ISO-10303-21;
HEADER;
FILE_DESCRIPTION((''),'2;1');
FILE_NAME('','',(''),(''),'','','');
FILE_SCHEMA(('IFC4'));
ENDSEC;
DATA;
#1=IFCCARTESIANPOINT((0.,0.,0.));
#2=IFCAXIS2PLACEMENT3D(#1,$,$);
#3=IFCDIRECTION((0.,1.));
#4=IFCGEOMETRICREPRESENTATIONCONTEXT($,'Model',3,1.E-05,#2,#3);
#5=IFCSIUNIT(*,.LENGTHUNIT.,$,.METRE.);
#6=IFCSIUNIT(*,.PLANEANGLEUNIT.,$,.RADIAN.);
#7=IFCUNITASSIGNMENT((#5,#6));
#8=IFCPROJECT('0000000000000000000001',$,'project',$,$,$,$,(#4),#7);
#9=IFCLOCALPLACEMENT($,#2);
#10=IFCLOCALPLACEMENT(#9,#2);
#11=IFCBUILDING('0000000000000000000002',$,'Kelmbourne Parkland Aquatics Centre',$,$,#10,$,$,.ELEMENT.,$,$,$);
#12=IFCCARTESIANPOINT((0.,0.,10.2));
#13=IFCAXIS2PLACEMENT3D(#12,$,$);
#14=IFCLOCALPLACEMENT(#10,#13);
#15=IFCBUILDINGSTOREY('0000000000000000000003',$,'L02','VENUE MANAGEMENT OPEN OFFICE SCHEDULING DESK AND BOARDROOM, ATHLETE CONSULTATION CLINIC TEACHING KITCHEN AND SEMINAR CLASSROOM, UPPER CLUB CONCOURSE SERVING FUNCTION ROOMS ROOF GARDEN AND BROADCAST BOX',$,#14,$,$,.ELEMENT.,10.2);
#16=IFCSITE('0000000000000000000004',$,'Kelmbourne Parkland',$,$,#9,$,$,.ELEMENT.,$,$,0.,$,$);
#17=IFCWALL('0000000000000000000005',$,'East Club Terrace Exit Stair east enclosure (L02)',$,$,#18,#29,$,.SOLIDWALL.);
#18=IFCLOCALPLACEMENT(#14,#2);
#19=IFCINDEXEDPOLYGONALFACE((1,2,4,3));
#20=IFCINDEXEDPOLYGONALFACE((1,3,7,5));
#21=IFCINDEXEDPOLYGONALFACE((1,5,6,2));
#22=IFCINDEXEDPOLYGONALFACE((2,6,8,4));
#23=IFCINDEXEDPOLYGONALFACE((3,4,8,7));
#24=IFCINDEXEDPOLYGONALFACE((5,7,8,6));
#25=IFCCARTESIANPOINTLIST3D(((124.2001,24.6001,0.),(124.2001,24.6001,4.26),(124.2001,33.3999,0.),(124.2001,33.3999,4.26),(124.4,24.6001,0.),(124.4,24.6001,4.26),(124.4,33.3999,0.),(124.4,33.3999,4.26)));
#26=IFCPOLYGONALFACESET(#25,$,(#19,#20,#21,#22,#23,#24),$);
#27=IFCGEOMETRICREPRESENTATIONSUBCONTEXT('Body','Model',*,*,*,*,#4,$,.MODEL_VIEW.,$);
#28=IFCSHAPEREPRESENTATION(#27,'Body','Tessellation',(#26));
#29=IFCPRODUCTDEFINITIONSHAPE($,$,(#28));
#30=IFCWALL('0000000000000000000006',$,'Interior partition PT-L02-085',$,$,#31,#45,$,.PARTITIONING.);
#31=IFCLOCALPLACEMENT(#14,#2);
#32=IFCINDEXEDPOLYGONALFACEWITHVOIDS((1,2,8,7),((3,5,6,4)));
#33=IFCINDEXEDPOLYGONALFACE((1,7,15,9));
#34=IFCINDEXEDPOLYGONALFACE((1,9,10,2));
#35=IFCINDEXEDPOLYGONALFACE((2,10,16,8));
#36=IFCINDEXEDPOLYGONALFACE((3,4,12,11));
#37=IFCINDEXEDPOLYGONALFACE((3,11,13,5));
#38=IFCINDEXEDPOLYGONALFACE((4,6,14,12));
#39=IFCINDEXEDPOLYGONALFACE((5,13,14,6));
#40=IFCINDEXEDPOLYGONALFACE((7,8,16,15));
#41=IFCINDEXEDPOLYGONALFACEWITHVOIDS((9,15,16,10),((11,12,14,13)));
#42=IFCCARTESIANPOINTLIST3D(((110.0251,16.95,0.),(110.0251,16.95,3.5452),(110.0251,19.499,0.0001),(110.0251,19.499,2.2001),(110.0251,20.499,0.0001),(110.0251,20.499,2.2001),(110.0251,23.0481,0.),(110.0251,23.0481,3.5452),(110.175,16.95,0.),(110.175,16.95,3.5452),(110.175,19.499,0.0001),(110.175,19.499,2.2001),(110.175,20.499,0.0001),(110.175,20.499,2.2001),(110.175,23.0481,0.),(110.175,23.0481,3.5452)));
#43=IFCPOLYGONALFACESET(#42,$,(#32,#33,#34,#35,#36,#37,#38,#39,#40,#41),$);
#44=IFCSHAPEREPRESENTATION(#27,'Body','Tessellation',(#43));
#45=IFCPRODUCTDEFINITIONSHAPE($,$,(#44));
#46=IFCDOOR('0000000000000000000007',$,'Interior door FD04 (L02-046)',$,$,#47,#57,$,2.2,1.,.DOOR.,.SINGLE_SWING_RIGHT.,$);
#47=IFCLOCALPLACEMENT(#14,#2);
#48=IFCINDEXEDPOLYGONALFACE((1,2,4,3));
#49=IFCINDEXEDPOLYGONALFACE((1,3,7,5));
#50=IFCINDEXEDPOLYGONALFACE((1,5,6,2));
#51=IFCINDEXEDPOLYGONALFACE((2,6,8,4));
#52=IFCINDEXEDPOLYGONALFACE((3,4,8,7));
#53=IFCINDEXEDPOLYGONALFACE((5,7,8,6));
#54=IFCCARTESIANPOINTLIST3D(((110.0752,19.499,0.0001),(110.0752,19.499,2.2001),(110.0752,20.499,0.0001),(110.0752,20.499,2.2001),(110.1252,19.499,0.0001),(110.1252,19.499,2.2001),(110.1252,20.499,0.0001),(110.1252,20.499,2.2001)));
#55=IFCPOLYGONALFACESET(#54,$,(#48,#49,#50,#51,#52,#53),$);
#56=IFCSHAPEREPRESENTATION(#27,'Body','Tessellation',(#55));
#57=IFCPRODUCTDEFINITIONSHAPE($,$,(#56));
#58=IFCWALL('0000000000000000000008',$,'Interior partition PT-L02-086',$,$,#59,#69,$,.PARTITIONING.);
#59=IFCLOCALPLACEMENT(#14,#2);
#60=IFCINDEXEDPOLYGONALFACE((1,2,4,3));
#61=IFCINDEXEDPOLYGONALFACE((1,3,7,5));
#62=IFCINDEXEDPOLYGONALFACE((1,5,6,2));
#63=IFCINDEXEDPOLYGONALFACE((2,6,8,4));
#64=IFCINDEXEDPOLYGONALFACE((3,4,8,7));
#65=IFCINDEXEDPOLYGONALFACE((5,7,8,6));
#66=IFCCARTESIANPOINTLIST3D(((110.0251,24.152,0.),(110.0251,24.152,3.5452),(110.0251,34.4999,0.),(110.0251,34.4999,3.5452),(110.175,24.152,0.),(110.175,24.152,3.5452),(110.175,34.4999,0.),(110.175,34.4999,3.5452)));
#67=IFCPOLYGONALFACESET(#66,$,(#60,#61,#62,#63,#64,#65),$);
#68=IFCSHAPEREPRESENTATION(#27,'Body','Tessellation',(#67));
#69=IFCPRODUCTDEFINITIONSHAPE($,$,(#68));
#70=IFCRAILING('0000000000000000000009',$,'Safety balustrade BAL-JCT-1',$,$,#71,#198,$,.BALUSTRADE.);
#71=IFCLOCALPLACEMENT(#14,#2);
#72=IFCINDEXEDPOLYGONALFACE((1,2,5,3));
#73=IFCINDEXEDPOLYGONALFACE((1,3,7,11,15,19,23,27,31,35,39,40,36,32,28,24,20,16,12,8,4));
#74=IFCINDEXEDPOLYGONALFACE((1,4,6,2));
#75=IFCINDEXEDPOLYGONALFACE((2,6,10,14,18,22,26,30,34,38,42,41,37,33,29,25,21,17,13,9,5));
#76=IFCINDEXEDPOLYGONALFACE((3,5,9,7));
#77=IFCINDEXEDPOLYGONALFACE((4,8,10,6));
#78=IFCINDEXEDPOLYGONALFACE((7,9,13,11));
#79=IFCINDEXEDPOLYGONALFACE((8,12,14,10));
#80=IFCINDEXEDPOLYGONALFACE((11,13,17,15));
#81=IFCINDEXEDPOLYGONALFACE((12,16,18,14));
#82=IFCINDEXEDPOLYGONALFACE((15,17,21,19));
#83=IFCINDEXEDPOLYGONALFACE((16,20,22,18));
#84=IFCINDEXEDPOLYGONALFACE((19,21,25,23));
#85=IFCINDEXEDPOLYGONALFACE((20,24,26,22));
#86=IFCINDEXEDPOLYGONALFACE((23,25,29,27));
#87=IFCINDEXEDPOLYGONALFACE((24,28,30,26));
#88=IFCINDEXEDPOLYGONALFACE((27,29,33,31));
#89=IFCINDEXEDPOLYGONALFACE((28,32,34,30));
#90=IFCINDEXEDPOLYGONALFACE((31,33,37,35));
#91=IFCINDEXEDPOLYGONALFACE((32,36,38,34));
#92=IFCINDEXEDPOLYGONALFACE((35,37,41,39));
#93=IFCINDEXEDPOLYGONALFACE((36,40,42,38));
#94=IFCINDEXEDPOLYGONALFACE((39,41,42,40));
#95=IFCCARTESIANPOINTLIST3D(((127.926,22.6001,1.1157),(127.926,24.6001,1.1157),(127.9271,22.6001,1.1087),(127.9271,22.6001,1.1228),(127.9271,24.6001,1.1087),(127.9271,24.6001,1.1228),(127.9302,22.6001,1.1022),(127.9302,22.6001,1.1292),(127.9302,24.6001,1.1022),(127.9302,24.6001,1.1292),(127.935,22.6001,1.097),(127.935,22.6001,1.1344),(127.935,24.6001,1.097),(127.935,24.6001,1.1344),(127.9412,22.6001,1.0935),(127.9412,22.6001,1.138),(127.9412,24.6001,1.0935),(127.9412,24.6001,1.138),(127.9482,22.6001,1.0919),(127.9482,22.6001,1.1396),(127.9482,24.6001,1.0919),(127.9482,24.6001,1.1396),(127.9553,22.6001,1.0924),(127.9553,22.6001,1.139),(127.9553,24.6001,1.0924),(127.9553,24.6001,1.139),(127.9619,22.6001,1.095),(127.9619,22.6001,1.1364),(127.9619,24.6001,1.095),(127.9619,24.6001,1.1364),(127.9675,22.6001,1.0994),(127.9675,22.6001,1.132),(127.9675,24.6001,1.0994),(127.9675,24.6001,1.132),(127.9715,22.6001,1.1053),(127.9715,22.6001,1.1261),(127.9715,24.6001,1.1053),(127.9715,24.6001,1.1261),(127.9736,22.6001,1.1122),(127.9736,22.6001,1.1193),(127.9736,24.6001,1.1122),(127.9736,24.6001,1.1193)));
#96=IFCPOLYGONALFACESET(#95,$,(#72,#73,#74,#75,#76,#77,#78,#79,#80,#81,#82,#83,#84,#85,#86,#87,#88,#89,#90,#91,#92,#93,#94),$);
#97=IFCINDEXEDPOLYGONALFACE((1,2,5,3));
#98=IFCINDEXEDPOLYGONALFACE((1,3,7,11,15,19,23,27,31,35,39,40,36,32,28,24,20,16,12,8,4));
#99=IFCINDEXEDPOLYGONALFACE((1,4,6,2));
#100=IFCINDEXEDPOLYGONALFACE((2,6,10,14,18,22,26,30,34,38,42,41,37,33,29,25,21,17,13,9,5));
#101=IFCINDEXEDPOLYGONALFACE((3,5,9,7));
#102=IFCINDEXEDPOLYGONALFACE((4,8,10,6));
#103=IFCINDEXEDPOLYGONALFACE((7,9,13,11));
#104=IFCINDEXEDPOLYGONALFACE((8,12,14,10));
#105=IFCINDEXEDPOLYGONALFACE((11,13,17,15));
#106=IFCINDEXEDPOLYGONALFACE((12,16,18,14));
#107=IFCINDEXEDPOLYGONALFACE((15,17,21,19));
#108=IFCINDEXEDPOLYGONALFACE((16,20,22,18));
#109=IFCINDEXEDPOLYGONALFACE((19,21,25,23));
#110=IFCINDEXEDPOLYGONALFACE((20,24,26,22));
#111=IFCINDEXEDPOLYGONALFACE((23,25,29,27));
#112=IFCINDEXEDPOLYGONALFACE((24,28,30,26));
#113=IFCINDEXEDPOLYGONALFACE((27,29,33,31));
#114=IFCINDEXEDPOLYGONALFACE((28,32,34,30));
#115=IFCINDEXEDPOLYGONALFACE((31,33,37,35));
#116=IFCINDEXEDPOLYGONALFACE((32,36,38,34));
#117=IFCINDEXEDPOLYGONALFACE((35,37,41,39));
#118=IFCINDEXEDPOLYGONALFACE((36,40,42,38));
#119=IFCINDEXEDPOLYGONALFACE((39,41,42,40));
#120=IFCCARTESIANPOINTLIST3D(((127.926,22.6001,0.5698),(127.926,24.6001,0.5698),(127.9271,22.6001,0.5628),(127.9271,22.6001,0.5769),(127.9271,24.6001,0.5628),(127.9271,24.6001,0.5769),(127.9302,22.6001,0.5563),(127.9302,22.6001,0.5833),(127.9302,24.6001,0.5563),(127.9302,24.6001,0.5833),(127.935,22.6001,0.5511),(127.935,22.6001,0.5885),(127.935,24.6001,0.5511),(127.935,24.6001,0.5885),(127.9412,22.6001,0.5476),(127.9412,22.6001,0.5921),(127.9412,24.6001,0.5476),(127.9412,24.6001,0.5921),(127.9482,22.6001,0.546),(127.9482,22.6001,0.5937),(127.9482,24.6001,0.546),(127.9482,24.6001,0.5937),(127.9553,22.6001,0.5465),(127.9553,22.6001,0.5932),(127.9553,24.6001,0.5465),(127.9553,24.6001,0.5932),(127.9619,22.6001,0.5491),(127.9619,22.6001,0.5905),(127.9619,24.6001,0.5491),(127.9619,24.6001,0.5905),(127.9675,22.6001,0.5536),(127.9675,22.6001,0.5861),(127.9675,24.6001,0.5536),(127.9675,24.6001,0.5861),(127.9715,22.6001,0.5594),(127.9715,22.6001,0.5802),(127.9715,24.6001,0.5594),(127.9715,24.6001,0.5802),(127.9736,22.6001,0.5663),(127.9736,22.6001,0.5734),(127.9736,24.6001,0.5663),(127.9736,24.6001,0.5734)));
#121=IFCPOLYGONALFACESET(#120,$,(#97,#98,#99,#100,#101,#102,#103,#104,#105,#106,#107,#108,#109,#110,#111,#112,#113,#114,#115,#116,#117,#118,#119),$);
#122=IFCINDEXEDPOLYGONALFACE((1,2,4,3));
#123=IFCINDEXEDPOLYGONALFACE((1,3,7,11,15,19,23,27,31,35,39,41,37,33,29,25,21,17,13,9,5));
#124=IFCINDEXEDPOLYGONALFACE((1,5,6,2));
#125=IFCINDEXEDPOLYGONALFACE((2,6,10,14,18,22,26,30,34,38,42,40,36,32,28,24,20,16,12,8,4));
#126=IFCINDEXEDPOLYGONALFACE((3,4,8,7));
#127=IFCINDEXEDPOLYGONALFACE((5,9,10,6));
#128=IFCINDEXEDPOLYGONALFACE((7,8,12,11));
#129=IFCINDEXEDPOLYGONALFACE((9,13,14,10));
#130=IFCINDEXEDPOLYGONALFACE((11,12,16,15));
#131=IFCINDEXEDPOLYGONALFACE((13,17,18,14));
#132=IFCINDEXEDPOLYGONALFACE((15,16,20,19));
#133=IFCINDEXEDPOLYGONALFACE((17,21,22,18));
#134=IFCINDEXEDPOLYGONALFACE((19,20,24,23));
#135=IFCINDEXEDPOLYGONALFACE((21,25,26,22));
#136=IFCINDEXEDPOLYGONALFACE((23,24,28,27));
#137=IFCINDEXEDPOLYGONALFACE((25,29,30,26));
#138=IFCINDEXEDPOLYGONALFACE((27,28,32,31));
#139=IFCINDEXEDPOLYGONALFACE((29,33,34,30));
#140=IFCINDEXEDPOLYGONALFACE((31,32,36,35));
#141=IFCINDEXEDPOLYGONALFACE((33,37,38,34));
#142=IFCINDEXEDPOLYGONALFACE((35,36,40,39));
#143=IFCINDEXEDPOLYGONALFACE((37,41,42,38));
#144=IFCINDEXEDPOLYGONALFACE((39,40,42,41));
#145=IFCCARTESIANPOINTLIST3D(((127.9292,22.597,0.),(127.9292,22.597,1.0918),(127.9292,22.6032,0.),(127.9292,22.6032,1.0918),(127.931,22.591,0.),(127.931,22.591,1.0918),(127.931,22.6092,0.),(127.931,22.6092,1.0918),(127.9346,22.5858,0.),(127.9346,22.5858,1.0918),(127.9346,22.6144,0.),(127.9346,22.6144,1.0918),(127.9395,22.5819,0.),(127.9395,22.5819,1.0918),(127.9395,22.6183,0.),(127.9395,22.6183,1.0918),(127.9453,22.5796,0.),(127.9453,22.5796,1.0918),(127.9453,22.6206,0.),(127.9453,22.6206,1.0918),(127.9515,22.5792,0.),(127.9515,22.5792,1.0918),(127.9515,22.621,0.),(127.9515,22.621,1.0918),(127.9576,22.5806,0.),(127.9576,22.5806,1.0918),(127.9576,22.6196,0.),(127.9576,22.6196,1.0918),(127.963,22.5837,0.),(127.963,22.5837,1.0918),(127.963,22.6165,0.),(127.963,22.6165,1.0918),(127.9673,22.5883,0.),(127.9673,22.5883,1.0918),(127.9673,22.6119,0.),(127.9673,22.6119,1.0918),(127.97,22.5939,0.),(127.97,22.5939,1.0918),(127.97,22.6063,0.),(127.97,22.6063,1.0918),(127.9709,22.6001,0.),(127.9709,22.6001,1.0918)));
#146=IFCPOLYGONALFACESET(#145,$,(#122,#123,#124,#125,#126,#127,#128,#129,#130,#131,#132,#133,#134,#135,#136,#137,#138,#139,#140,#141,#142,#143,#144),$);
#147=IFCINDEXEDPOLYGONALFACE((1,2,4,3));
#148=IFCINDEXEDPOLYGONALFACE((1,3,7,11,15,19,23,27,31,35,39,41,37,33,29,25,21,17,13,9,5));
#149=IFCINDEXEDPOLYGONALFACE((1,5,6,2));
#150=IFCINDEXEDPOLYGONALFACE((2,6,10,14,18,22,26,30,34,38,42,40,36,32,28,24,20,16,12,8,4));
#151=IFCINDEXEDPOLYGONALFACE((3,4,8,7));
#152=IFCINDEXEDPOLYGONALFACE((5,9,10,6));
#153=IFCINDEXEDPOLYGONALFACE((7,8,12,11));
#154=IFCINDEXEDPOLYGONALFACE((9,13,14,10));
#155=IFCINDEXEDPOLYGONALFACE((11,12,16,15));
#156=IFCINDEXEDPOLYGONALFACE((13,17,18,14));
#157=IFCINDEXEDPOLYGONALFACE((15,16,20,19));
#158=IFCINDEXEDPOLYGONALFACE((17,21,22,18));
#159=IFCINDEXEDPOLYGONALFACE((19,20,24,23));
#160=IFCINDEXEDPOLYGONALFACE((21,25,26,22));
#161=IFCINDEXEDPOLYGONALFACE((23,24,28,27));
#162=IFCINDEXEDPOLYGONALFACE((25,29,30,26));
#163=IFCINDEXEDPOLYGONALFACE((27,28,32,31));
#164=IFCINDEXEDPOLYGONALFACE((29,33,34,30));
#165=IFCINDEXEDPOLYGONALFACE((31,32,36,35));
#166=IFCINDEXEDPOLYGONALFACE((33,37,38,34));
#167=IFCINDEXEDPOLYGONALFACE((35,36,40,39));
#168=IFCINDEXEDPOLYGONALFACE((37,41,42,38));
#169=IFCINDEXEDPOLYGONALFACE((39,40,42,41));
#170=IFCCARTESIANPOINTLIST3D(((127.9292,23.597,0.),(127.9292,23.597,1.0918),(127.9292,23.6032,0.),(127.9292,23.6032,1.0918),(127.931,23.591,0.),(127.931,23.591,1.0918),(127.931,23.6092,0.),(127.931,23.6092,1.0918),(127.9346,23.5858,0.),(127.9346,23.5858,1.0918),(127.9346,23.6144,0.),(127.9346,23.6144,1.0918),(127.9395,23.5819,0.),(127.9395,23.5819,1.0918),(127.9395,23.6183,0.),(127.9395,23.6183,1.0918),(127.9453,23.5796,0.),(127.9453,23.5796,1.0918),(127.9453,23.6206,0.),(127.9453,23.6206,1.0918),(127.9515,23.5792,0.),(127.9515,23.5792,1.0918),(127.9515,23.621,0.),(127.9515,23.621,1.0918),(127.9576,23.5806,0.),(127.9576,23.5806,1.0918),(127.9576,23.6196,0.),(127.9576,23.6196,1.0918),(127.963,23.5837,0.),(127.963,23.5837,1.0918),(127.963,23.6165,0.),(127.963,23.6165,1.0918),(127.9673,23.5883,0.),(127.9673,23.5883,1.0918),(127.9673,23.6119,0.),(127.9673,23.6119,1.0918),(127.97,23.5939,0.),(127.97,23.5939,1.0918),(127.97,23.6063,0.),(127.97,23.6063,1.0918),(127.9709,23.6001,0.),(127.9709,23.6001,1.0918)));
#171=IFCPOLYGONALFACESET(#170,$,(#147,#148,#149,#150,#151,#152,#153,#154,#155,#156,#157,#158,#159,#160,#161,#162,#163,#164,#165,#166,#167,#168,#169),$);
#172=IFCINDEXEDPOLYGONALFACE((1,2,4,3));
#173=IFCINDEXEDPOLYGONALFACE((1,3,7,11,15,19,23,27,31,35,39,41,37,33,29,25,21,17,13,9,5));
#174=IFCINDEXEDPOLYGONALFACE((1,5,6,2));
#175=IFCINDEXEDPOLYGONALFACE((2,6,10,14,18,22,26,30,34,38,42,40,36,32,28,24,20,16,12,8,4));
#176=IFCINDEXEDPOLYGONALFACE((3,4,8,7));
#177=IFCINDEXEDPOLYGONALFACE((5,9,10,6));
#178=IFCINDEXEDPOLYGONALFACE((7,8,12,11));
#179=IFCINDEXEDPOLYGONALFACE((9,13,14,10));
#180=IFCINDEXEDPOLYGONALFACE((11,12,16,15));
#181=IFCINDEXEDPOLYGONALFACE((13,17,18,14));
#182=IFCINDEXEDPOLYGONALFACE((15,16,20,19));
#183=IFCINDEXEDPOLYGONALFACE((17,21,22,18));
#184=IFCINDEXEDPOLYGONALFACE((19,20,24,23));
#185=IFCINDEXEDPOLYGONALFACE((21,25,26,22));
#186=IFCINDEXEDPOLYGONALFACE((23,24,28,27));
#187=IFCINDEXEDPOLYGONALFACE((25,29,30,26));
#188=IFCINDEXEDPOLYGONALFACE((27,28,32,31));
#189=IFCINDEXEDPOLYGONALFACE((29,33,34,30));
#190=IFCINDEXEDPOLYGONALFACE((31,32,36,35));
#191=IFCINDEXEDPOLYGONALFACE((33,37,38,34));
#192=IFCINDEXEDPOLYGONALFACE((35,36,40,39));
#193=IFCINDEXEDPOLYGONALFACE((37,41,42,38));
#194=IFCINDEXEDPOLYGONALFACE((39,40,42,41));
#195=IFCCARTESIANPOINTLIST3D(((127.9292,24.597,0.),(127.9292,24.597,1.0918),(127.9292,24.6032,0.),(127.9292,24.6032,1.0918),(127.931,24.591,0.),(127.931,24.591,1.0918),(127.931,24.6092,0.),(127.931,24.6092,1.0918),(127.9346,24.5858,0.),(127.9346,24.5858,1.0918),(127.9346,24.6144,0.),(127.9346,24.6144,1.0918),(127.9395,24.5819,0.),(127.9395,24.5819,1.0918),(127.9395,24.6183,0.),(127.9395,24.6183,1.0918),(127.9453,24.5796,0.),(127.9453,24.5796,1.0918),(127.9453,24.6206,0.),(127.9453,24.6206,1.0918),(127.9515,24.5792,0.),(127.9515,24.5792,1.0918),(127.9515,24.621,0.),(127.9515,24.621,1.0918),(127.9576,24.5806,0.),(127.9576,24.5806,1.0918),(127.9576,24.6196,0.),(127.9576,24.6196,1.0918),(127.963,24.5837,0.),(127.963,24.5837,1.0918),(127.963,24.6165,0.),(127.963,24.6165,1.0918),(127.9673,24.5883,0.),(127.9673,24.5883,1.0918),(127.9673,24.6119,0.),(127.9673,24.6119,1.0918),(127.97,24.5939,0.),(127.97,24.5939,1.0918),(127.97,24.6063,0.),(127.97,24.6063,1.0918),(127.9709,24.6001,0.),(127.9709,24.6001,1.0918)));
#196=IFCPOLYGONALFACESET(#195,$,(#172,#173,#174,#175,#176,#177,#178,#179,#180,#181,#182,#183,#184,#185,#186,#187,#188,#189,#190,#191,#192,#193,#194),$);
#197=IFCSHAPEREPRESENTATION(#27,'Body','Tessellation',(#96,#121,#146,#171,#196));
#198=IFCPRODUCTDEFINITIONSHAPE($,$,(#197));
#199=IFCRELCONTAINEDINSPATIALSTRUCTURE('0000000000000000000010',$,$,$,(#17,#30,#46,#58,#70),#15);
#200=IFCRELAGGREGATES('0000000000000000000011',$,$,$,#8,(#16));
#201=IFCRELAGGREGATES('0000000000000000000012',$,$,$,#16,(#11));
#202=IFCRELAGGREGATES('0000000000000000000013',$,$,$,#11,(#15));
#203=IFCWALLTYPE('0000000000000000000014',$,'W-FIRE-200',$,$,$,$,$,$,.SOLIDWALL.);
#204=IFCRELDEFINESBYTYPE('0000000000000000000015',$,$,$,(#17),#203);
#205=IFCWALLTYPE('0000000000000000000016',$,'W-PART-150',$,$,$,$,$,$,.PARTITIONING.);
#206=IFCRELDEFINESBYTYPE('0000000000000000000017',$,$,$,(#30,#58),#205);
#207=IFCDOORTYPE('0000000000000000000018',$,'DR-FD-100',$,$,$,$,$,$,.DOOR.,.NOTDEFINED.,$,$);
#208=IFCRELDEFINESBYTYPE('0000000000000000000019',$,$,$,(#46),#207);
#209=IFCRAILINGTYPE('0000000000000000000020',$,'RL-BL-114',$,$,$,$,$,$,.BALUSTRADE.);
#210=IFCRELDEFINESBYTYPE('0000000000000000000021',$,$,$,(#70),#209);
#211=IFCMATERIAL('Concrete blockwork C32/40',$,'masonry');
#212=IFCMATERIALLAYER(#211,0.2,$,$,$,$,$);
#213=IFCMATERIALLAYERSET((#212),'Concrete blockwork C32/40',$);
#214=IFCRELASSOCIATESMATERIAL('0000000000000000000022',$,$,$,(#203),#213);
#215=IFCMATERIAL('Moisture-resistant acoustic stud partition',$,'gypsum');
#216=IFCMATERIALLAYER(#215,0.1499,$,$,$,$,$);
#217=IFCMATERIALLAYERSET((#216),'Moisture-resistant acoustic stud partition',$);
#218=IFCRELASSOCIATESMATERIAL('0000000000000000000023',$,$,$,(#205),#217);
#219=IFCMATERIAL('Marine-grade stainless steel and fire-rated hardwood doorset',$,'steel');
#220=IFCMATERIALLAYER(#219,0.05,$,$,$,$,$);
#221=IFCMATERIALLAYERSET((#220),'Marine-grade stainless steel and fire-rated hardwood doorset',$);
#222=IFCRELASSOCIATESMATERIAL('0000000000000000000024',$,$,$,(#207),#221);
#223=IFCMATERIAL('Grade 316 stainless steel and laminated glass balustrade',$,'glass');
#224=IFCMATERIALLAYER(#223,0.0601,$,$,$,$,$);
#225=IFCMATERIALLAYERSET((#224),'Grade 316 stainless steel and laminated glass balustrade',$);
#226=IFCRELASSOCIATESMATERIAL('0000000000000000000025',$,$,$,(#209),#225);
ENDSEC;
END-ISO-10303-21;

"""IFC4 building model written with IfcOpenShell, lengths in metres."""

from ifc_helpers import new_model, si_unit, direction, frame, frame_2d, origin, origin_2d, place, context, subcontext, project, spatial, rectangle, circle, extrude, material, layer, layer_set, type_object, element, fill, save


model = new_model("IFC4")

# Units and contexts
model_context = context("Model", 3, precision=1e-05, world=origin(), true_north=direction((0.0, 1.0)))
body_context = subcontext(model_context, "Body", "Model", "MODEL_VIEW")
ifc_project = project(units=[si_unit("LENGTHUNIT", "METRE"), si_unit("PLANEANGLEUNIT", "RADIAN")], contexts=[model_context])

# Site, building, storey
site_placement = place(None, origin())
site = spatial("IfcSite", under=ifc_project, at=site_placement, Name="Kelmbourne Parkland", CompositionType="ELEMENT", RefElevation=0.0)
building_placement = place(site_placement, origin())
building = spatial("IfcBuilding", under=site, at=building_placement, Name="Kelmbourne Parkland Aquatics Centre", CompositionType="ELEMENT")
storey_placement = place(building_placement, frame((0.0, 0.0, 10.2)))
storey = spatial("IfcBuildingStorey", under=building, at=storey_placement, Name="L02", Description="VENUE MANAGEMENT OPEN OFFICE SCHEDULING DESK AND BOARDROOM, ATHLETE CONSULTATION CLINIC TEACHING KITCHEN AND SEMINAR CLASSROOM, UPPER CLUB CONCOURSE SERVING FUNCTION ROOMS ROOF GARDEN AND BROADCAST BOX", CompositionType="ELEMENT", Elevation=10.2)

# Shared definitions
ifc_material_1 = material(Name="Marine-grade stainless steel and fire-rated hardwood doorset", Category="steel")

# Shared definitions
ifc_material_2 = material(Name="Concrete blockwork C32/40", Category="masonry")
ifc_layer_1 = layer(ifc_material_2, 0.2)
ifc_layer_set_1 = layer_set([ifc_layer_1], Name="Concrete blockwork C32/40")
wall_type_1 = type_object("IfcWallType", Name="W-FIRE-200", PredefinedType="SOLIDWALL", material=ifc_layer_set_1)

# Wall
wall_1_placement = place(storey_placement, frame((124.3, 24.6001, 0.0), z_axis=(0.0, 0.0, 1.0), x_axis=(0.0, 1.0, 0.0)))
element("IfcWall", 1, at=wall_1_placement, inside=storey, type_object=wall_type_1, Name="East Club Terrace Exit Stair east enclosure (L02)", PredefinedType="SOLIDWALL", context=body_context, shape_type="SweptSolid", body=[
    extrude(rectangle(XDim=8.7998, YDim=0.2, at=frame_2d((4.3999, 0.0))), origin(), (0.0, 0.0, 1.0), 4.26),
])

# Wall, opening, door
ifc_material_3 = material(Name="Moisture-resistant acoustic stud partition", Category="gypsum")
ifc_layer_2 = layer(ifc_material_3, 0.1499)
ifc_layer_set_2 = layer_set([ifc_layer_2], Name="Moisture-resistant acoustic stud partition")
wall_type_2 = type_object("IfcWallType", Name="W-PART-150", PredefinedType="PARTITIONING", material=ifc_layer_set_2)
wall_2_placement = place(storey_placement, frame((110.1001, 16.95, 0.0), z_axis=(0.0, 0.0, 1.0), x_axis=(0.0, 1.0, 0.0)))
wall_2 = element("IfcWall", 2, at=wall_2_placement, inside=storey, type_object=wall_type_2, Name="Interior partition PT-L02-085", PredefinedType="PARTITIONING", context=body_context, shape_type="SweptSolid", body=[
    extrude(rectangle(XDim=6.0981, YDim=0.1499, at=frame_2d((3.0491, 0.0))), origin(), (0.0, 0.0, 1.0), 3.5452),
])
opening_1_placement = place(wall_2_placement, frame((2.5491, 0.0, 0.0)))
opening_1 = element("IfcOpeningElement", 3, at=opening_1_placement, cuts=wall_2, PredefinedType="OPENING", context=body_context, shape_type="SweptSolid", body=[
    extrude(rectangle(XDim=1.0, YDim=2.2, at=frame_2d((0.5, 1.1001))), frame((0.0, 0.0869, 0.0), z_axis=(0.0, -1.0, 0.0), x_axis=(1.0, 0.0, 0.0)), (0.0, 0.0, 1.0), 0.1738),
])
ifc_layer_3 = layer(ifc_material_1, 0.05)
ifc_layer_set_3 = layer_set([ifc_layer_3], Name="Marine-grade stainless steel and fire-rated hardwood doorset")
door_type_1 = type_object("IfcDoorType", Name="DR-FD-100", OperationType="NOTDEFINED", PredefinedType="DOOR", material=ifc_layer_set_3)
door_1_placement = place(opening_1_placement, origin())
door_1 = element("IfcDoor", 4, at=door_1_placement, inside=storey, type_object=door_type_1, Name="Interior door FD04 (L02-046)", OperationType="SINGLE_SWING_RIGHT", OverallHeight=2.2, OverallWidth=1.0, PredefinedType="DOOR", context=body_context, shape_type="SweptSolid", body=[
    extrude(rectangle(XDim=1.0, YDim=2.2, at=frame_2d((0.5, 1.1001))), frame((0.0, 0.0249, 0.0), z_axis=(0.0, -1.0, 0.0), x_axis=(1.0, 0.0, 0.0)), (0.0, 0.0, 1.0), 0.05),
])
fill(opening_1, door_1)

# Wall
wall_3_placement = place(storey_placement, frame((110.1001, 24.1521, 0.0), z_axis=(0.0, 0.0, 1.0), x_axis=(0.0, 1.0, 0.0)))
element("IfcWall", 5, at=wall_3_placement, inside=storey, type_object=wall_type_2, Name="Interior partition PT-L02-086", PredefinedType="PARTITIONING", context=body_context, shape_type="SweptSolid", body=[
    extrude(rectangle(XDim=10.3479, YDim=0.1499, at=frame_2d((5.1738, 0.0))), origin(), (0.0, 0.0, 1.0), 3.5452),
])

# Railing
ifc_material_4 = material(Name="Grade 316 stainless steel and laminated glass balustrade", Category="glass")
ifc_layer_4 = layer(ifc_material_4, 0.0601)
ifc_layer_set_4 = layer_set([ifc_layer_4], Name="Grade 316 stainless steel and laminated glass balustrade")
railing_type_1 = type_object("IfcRailingType", Name="RL-BL-114", PredefinedType="BALUSTRADE", material=ifc_layer_set_4)
railing_placement = place(storey_placement, frame((127.95, 22.6001, 0.0)))
element("IfcRailing", 6, at=railing_placement, inside=storey, type_object=railing_type_1, Name="Safety balustrade BAL-JCT-1", PredefinedType="BALUSTRADE", context=body_context, shape_type="SweptSolid", body=[
    extrude(circle(Radius=0.0239, at=origin_2d()), frame((0.0, 0.0, 1.1157), z_axis=(0.0, 1.0, 0.0), x_axis=(-1.0, 0.0, 0.0)), (0.0, 0.0, 1.0), 2.0),
    extrude(circle(Radius=0.0239, at=origin_2d()), frame((0.0, 0.0, 0.5698), z_axis=(0.0, 1.0, 0.0), x_axis=(-1.0, 0.0, 0.0)), (0.0, 0.0, 1.0), 2.0),
    extrude(circle(Radius=0.021, at=origin_2d()), origin(), (0.0, 0.0, 1.0), 1.0918),
    extrude(circle(Radius=0.021, at=origin_2d()), frame((0.0, 1.0, 0.0)), (0.0, 0.0, 1.0), 1.0918),
    extrude(circle(Radius=0.021, at=origin_2d()), frame((0.0, 2.0, 0.0)), (0.0, 0.0, 1.0), 1.0918),
])

save(model, "model.ifc")
